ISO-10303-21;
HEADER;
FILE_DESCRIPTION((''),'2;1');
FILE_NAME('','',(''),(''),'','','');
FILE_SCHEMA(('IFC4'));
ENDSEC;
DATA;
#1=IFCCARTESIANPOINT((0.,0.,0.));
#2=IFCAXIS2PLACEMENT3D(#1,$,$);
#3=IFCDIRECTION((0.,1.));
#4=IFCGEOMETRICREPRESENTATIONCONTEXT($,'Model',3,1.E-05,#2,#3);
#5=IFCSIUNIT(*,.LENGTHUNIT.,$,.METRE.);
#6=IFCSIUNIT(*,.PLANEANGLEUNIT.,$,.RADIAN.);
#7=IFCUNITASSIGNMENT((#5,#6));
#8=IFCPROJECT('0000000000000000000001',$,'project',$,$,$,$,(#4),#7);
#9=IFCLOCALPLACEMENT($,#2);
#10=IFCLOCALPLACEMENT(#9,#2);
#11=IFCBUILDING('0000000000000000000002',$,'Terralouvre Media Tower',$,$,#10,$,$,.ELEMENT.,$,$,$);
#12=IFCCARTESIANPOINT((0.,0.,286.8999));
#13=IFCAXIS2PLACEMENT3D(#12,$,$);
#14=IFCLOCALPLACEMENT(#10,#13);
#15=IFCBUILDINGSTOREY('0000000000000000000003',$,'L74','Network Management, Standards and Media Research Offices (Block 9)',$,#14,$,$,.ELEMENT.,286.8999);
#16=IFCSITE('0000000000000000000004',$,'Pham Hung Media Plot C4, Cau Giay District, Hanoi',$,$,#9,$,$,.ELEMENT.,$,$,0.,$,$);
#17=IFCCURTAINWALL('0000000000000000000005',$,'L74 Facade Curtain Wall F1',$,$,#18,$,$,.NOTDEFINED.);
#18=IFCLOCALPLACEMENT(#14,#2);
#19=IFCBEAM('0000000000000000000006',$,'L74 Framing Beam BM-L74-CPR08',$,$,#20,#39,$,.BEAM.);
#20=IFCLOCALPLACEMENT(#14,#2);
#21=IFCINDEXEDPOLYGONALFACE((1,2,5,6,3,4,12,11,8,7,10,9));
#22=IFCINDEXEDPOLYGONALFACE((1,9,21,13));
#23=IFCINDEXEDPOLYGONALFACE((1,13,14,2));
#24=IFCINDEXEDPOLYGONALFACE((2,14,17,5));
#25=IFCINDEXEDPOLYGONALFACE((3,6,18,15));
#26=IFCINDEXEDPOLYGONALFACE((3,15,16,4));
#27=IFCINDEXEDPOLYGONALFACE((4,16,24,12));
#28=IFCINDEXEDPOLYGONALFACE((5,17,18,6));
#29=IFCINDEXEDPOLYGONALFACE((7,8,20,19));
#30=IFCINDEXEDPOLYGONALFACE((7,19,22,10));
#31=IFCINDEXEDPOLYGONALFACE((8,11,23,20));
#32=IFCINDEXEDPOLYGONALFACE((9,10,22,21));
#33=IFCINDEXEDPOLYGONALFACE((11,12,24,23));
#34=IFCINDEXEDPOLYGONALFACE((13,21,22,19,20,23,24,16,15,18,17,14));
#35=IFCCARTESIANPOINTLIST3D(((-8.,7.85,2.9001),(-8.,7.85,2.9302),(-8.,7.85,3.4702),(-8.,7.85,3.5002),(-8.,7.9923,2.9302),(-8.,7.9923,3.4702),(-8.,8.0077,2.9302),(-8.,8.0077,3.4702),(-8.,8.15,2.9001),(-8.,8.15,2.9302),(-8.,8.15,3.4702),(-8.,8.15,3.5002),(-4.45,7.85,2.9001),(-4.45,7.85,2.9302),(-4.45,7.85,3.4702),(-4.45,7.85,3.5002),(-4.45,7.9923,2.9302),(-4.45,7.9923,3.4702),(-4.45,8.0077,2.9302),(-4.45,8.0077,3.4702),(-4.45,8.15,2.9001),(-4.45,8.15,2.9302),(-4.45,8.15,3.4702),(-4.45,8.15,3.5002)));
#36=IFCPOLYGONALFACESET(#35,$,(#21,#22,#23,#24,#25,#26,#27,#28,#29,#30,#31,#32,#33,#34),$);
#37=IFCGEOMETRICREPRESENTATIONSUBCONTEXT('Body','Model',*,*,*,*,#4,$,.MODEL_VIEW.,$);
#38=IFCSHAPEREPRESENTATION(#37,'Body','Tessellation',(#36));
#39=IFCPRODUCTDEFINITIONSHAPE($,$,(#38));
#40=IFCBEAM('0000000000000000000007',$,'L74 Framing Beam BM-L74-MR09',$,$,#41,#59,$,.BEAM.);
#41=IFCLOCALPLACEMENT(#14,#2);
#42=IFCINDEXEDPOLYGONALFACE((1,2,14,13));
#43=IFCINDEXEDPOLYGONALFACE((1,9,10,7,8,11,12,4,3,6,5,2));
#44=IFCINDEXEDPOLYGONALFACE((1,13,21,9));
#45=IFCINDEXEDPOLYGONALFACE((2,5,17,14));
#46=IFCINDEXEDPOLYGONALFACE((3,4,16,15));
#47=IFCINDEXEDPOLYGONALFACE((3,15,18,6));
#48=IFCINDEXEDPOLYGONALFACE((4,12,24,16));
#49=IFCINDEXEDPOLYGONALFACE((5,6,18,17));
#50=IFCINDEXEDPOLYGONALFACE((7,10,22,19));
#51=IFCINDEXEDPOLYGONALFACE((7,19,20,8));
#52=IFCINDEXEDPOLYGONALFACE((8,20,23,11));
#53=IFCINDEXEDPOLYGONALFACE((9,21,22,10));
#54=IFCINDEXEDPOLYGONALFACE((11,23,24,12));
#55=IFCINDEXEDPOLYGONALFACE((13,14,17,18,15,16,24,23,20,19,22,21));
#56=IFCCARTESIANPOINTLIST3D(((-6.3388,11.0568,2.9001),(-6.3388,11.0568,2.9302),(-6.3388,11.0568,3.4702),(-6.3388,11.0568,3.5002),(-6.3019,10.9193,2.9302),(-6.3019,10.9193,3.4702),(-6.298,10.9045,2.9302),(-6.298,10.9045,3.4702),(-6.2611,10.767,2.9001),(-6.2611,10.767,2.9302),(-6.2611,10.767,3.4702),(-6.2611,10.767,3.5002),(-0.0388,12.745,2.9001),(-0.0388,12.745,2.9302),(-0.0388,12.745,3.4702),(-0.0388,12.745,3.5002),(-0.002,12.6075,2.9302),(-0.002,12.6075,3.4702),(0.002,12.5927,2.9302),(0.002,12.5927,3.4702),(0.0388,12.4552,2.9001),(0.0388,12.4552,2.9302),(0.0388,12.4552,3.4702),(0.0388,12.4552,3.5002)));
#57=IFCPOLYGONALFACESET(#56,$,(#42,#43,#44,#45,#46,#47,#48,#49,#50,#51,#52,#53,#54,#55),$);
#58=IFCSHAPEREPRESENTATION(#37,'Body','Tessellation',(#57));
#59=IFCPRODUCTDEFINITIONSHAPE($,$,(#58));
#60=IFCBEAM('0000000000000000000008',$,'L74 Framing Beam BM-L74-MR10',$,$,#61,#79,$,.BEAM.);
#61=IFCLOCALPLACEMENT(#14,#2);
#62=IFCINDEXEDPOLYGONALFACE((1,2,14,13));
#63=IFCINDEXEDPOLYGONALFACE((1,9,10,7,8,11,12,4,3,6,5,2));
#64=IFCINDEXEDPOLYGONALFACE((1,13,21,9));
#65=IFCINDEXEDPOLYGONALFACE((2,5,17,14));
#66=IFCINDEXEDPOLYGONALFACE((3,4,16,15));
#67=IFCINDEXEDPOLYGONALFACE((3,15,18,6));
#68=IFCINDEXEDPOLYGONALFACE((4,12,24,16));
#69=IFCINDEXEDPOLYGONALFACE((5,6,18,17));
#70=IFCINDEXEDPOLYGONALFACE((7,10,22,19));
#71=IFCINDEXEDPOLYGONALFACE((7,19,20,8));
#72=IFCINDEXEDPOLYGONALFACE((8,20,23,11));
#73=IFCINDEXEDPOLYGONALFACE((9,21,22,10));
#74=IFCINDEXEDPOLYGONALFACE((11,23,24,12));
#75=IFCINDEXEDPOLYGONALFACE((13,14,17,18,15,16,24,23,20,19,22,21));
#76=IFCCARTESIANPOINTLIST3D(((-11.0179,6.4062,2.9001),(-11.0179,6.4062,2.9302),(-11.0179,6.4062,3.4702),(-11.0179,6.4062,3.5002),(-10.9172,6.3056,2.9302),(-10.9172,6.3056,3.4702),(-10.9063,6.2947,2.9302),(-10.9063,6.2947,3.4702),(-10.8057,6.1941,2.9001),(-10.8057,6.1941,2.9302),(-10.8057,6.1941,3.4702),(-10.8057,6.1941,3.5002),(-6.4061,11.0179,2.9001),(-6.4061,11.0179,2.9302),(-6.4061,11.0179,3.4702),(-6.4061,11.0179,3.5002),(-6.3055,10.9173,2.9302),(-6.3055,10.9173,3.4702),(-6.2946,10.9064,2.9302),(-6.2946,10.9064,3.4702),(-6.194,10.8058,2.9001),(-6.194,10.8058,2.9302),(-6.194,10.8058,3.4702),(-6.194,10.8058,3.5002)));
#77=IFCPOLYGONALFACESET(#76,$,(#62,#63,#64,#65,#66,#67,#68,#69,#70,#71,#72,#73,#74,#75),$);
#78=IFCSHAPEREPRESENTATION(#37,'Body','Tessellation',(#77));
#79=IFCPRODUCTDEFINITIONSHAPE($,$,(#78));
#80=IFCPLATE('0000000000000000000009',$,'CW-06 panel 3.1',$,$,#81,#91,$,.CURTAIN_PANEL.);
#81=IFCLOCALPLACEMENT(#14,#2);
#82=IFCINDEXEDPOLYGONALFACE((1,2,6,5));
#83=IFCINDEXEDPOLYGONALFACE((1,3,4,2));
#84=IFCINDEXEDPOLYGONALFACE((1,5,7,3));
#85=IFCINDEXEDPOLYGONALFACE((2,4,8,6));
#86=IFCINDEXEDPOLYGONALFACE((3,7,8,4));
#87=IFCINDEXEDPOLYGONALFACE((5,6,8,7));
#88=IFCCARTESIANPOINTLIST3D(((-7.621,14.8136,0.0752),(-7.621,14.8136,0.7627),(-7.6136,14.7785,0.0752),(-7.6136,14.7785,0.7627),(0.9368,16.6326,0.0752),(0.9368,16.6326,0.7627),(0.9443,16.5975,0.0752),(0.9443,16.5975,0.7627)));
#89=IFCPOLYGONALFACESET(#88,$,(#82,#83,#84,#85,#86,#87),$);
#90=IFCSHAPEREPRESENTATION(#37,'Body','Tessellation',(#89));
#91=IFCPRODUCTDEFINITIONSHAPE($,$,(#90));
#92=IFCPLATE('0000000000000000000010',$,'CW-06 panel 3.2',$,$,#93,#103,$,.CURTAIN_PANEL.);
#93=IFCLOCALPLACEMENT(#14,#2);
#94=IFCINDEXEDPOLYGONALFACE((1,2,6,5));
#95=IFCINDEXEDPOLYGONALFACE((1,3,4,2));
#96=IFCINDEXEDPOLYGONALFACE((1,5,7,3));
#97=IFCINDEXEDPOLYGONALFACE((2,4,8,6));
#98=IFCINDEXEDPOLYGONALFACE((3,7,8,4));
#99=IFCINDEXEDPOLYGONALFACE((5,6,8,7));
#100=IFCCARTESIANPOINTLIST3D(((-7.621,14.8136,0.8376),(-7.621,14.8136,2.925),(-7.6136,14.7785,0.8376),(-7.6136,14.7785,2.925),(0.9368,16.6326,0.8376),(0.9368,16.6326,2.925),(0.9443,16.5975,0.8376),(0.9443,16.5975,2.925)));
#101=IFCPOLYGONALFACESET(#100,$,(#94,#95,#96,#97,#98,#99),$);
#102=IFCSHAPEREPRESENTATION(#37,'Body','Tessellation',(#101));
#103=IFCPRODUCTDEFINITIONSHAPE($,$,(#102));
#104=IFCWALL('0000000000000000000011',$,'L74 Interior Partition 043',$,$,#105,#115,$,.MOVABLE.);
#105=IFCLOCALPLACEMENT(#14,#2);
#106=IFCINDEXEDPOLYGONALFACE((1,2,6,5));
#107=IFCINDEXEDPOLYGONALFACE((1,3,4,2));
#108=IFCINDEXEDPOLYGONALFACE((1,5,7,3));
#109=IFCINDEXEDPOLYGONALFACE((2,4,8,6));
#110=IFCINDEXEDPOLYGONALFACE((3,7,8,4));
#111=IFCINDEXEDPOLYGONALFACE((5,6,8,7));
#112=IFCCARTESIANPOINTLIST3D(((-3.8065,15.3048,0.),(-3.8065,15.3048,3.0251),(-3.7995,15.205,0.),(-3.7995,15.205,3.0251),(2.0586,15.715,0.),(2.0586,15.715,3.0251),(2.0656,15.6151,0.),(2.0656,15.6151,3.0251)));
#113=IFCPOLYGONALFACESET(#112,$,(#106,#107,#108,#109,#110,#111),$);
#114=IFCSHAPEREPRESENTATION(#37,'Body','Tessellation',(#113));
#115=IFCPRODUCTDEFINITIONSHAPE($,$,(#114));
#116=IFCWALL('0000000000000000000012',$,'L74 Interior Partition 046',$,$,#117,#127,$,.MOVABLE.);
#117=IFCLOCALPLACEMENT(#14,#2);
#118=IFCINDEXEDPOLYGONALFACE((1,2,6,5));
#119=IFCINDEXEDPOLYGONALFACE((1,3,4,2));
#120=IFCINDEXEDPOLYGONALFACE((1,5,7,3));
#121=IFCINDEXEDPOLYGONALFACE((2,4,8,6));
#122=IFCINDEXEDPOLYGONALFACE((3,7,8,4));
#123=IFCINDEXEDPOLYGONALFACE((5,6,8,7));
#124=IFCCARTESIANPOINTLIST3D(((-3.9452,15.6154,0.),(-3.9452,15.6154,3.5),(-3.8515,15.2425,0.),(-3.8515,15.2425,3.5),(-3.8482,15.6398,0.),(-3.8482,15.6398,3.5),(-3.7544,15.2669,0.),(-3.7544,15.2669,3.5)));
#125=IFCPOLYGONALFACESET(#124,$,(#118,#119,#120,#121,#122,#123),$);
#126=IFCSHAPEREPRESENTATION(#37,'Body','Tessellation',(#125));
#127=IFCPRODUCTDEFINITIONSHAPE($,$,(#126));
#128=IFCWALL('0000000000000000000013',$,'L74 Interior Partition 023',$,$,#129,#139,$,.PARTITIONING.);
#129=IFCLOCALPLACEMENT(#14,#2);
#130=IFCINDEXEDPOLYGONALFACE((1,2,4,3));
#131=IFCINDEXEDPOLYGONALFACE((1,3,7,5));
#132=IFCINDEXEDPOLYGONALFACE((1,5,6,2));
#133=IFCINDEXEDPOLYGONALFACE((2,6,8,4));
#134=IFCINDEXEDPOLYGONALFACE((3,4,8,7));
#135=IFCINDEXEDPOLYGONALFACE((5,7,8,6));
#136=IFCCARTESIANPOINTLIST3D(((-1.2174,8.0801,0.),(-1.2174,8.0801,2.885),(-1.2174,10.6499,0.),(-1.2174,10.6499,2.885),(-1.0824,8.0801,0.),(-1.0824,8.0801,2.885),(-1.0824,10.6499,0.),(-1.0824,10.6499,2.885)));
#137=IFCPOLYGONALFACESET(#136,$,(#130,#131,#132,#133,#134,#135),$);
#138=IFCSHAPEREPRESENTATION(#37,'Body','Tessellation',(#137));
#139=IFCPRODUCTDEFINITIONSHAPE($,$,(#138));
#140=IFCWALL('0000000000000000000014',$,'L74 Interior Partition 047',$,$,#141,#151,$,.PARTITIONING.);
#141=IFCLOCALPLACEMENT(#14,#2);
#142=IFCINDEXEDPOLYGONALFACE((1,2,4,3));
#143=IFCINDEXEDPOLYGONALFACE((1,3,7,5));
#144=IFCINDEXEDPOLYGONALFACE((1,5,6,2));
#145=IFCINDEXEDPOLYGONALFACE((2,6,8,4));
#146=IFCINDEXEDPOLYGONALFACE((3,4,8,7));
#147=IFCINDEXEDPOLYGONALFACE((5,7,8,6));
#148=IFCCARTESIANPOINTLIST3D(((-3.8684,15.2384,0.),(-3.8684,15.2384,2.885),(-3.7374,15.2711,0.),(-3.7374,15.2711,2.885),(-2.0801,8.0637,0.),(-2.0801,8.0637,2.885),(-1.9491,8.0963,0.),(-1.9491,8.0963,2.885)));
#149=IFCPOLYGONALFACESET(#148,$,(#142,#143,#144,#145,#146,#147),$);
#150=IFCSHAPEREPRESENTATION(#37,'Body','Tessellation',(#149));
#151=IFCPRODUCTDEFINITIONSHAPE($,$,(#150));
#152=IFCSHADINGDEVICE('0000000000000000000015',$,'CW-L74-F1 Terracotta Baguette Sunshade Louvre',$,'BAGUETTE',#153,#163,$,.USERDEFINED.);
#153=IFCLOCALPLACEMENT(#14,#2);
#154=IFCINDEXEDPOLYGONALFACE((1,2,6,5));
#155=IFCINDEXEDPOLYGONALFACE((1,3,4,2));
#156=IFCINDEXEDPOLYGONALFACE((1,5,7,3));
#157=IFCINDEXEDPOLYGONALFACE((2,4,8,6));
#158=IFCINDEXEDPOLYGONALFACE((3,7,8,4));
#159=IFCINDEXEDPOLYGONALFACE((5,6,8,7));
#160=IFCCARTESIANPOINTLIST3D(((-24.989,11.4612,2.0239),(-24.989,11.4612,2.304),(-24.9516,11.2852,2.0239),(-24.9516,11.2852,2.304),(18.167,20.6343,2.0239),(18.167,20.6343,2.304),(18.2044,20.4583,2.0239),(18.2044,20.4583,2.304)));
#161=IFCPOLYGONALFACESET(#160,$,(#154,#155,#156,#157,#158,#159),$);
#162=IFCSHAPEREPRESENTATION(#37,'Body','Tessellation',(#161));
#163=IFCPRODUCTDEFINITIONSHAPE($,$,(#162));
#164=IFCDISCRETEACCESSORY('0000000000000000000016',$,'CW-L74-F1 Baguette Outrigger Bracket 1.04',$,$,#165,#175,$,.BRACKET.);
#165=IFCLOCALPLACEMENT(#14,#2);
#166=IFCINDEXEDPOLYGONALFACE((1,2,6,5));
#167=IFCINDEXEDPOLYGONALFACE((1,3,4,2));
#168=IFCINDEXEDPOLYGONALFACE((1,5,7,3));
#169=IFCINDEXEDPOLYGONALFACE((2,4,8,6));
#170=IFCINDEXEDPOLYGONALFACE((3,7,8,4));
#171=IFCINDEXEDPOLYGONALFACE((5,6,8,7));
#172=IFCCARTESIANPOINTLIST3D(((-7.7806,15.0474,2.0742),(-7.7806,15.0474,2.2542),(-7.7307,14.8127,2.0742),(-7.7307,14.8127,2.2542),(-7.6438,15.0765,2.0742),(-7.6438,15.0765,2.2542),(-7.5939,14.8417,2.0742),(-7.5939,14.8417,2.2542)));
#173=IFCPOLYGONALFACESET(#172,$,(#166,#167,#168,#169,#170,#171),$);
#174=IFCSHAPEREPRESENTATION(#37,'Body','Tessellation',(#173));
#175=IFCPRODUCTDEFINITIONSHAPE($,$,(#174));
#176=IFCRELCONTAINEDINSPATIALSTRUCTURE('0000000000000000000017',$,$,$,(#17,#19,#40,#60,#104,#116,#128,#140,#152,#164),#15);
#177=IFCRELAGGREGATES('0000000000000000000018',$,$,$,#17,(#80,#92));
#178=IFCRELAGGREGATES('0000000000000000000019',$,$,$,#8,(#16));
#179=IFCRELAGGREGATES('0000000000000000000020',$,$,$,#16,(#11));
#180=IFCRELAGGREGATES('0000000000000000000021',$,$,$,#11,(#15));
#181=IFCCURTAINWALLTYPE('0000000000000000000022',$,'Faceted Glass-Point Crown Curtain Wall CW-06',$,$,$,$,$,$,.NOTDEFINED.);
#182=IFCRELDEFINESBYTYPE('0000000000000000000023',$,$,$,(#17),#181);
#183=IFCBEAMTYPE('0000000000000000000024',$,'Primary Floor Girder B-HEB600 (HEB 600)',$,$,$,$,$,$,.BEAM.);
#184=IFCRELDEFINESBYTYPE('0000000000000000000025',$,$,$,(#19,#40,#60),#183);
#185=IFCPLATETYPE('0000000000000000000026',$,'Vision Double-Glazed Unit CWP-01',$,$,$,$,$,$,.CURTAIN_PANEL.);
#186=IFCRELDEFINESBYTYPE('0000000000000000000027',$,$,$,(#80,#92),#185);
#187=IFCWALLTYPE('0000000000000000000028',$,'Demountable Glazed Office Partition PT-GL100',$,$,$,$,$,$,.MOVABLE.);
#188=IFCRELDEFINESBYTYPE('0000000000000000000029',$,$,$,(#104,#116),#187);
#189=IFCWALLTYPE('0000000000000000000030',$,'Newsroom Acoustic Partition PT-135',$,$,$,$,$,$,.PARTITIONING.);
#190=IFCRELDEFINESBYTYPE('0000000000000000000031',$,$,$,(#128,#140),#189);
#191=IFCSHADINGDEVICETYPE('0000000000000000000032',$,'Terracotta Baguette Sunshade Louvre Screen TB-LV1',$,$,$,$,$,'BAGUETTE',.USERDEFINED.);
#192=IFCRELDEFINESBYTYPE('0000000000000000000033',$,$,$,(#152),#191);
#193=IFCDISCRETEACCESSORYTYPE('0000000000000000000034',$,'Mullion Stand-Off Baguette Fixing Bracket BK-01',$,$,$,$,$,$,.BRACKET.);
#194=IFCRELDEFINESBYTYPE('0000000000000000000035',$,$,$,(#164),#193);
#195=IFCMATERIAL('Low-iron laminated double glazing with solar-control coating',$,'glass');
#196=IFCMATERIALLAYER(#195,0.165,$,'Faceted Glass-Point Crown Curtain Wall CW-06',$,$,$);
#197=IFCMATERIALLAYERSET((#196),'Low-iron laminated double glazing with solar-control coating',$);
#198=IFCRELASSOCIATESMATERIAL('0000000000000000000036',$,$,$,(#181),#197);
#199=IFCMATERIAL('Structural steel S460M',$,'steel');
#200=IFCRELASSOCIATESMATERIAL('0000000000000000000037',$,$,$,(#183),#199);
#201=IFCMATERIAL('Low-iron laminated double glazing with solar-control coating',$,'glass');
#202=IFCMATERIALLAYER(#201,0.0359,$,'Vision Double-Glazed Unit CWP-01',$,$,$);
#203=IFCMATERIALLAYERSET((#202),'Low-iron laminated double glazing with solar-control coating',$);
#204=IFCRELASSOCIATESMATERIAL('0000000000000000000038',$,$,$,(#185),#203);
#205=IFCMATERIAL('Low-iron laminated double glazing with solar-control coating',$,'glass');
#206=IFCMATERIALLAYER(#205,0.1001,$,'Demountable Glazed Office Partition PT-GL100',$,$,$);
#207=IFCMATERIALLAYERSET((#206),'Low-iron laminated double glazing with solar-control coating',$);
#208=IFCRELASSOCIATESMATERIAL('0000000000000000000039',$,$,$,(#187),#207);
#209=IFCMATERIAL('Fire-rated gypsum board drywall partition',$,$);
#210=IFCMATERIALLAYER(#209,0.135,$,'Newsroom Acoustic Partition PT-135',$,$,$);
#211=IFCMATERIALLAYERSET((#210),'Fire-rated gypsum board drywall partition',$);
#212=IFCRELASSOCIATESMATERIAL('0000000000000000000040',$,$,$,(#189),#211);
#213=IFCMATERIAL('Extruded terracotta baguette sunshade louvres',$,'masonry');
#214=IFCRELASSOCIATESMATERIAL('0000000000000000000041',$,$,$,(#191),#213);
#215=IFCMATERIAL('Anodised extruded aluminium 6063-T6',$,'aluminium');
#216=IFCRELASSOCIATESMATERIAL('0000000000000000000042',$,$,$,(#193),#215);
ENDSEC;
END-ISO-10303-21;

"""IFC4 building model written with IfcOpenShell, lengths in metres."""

from ifc_helpers import new_model, si_unit, direction, frame, frame_2d, origin, origin_2d, place, context, subcontext, project, spatial, rectangle, i_section, extrude, material, layer, layer_set, material_profile, profile_set, type_object, element, aggregate, save


model = new_model("IFC4")

# Units and contexts
model_context = context("Model", 3, precision=1e-05, world=origin(), true_north=direction((0.0, 1.0)))
body_context = subcontext(model_context, "Body", "Model", "MODEL_VIEW")
ifc_project = project(units=[si_unit("LENGTHUNIT", "METRE"), si_unit("PLANEANGLEUNIT", "RADIAN")], contexts=[model_context])

# Site, building, storey
site_placement = place(None, origin())
site = spatial("IfcSite", under=ifc_project, at=site_placement, Name="Pham Hung Media Plot C4, Cau Giay District, Hanoi", CompositionType="ELEMENT", RefElevation=0.0)
building_placement = place(site_placement, origin())
building = spatial("IfcBuilding", under=site, at=building_placement, Name="Terralouvre Media Tower", CompositionType="ELEMENT")
storey_placement = place(building_placement, frame((0.0, 0.0, 286.8999)))
storey = spatial("IfcBuildingStorey", under=building, at=storey_placement, Name="L74", Description="Network Management, Standards and Media Research Offices (Block 9)", CompositionType="ELEMENT", Elevation=286.8999)

# Curtain wall
ifc_material_1 = material(Name="Low-iron laminated double glazing with solar-control coating", Category="glass")
ifc_layer_1 = layer(ifc_material_1, 0.165, Name="Faceted Glass-Point Crown Curtain Wall CW-06")
ifc_layer_set_1 = layer_set([ifc_layer_1], Name="Low-iron laminated double glazing with solar-control coating")
curtain_wall_type = type_object("IfcCurtainWallType", Name="Faceted Glass-Point Crown Curtain Wall CW-06", PredefinedType="NOTDEFINED", material=ifc_layer_set_1)
curtain_wall_placement = place(storey_placement, origin())
curtain_wall = element("IfcCurtainWall", 1, at=curtain_wall_placement, inside=storey, type_object=curtain_wall_type, Name="L74 Facade Curtain Wall F1", PredefinedType="NOTDEFINED")

# Beams
ifc_material_2 = material(Name="Structural steel S460M", Category="steel")
ifc_material_profile_1 = material_profile(ifc_material_2, i_section(OverallWidth=0.3, OverallDepth=0.6001, WebThickness=0.0154, FlangeThickness=0.03, at=origin_2d()), Name="HEB 600")
ifc_profile_set_1 = profile_set([ifc_material_profile_1], Name="Structural steel S460M")
beam_type_1 = type_object("IfcBeamType", Name="Primary Floor Girder B-HEB600 (HEB 600)", PredefinedType="BEAM", material=ifc_profile_set_1)
beam_1_placement = place(storey_placement, frame((-4.45, 8.0, 3.2002), z_axis=(-1.0, 0.0, 0.0), x_axis=(0.0, -1.0, 0.0)))
element("IfcBeam", 2, at=beam_1_placement, inside=storey, type_object=beam_type_1, Name="L74 Framing Beam BM-L74-CPR08", PredefinedType="BEAM", context=body_context, shape_type="SweptSolid", body=[
    extrude(i_section(OverallWidth=0.3, OverallDepth=0.6001, WebThickness=0.0154, FlangeThickness=0.03, at=origin_2d()), origin(), (0.0, 0.0, 1.0), 3.55),
])
beam_2_placement = place(storey_placement, frame((0.0, 12.6001, 3.2002), z_axis=(-0.96592, -0.258839, 0.0), x_axis=(0.258839, -0.96592, 0.0)))
element("IfcBeam", 3, at=beam_2_placement, inside=storey, type_object=beam_type_1, Name="L74 Framing Beam BM-L74-MR09", PredefinedType="BEAM", context=body_context, shape_type="SweptSolid", body=[
    extrude(i_section(OverallWidth=0.3, OverallDepth=0.6001, WebThickness=0.0154, FlangeThickness=0.03, at=origin_2d()), origin(), (0.0, 0.0, 1.0), 6.5222),
])
beam_3_placement = place(storey_placement, frame((-6.3, 10.9119, 3.2002), z_axis=(-0.707107, -0.707107, 0.0), x_axis=(0.707107, -0.707107, 0.0)))
element("IfcBeam", 4, at=beam_3_placement, inside=storey, type_object=beam_type_1, Name="L74 Framing Beam BM-L74-MR10", PredefinedType="BEAM", context=body_context, shape_type="SweptSolid", body=[
    extrude(i_section(OverallWidth=0.3, OverallDepth=0.6001, WebThickness=0.0154, FlangeThickness=0.03, at=origin_2d()), origin(), (0.0, 0.0, 1.0), 6.522),
])

# Plates
ifc_material_3 = material(Name="Low-iron laminated double glazing with solar-control coating", Category="glass")
ifc_layer_2 = layer(ifc_material_3, 0.0359, Name="Vision Double-Glazed Unit CWP-01")
ifc_layer_set_2 = layer_set([ifc_layer_2], Name="Low-iron laminated double glazing with solar-control coating")
plate_type = type_object("IfcPlateType", Name="Vision Double-Glazed Unit CWP-01", PredefinedType="CURTAIN_PANEL", material=ifc_layer_set_2)
plate_1_placement = place(storey_placement, frame((-3.3384, 15.7056, 0.0752), z_axis=(0.0, 0.0, 1.0), x_axis=(-0.978148, -0.207912, 0.0)))
plate_1 = element("IfcPlate", 5, at=plate_1_placement, type_object=plate_type, Name="CW-06 panel 3.1", PredefinedType="CURTAIN_PANEL", context=body_context, shape_type="SweptSolid", body=[
    extrude(rectangle(XDim=8.749, YDim=0.0359, at=origin_2d()), origin(), (0.0, 0.0, 1.0), 0.6875),
])
plate_2_placement = place(storey_placement, frame((-3.3384, 15.7056, 0.8376), z_axis=(0.0, 0.0, 1.0), x_axis=(-0.978148, -0.207912, 0.0)))
plate_2 = element("IfcPlate", 6, at=plate_2_placement, type_object=plate_type, Name="CW-06 panel 3.2", PredefinedType="CURTAIN_PANEL", context=body_context, shape_type="SweptSolid", body=[
    extrude(rectangle(XDim=8.749, YDim=0.0359, at=origin_2d()), origin(), (0.0, 0.0, 1.0), 2.0874),
])
aggregate(curtain_wall, [plate_1, plate_2])

# Walls
ifc_material_4 = material(Name="Low-iron laminated double glazing with solar-control coating", Category="glass")
ifc_layer_3 = layer(ifc_material_4, 0.1001, Name="Demountable Glazed Office Partition PT-GL100")
ifc_layer_set_3 = layer_set([ifc_layer_3], Name="Low-iron laminated double glazing with solar-control coating")
wall_type_1 = type_object("IfcWallType", Name="Demountable Glazed Office Partition PT-GL100", PredefinedType="MOVABLE", material=ifc_layer_set_3)
wall_1_placement = place(storey_placement, frame((-3.803, 15.2549, 0.0), z_axis=(0.0, 0.0, 1.0), x_axis=(0.997564, 0.069763, 0.0)))
element("IfcWall", 7, at=wall_1_placement, inside=storey, type_object=wall_type_1, Name="L74 Interior Partition 043", PredefinedType="MOVABLE", context=body_context, shape_type="SweptSolid", body=[
    extrude(rectangle(XDim=5.8794, YDim=0.1001, at=frame_2d((2.9397, 0.0))), origin(), (0.0, 0.0, 1.0), 3.0251),
])
wall_2_placement = place(storey_placement, frame((-3.8967, 15.6277, 0.0), z_axis=(0.0, 0.0, 1.0), x_axis=(0.24388, -0.969805, 0.0)))
element("IfcWall", 8, at=wall_2_placement, inside=storey, type_object=wall_type_1, Name="L74 Interior Partition 046", PredefinedType="MOVABLE", context=body_context, shape_type="SweptSolid", body=[
    extrude(rectangle(XDim=0.3845, YDim=0.1001, at=frame_2d((0.1924, 0.0))), origin(), (0.0, 0.0, 1.0), 3.5),
])
ifc_material_5 = material(Name="Fire-rated gypsum board drywall partition")
ifc_layer_4 = layer(ifc_material_5, 0.135, Name="Newsroom Acoustic Partition PT-135")
ifc_layer_set_4 = layer_set([ifc_layer_4], Name="Fire-rated gypsum board drywall partition")
wall_type_2 = type_object("IfcWallType", Name="Newsroom Acoustic Partition PT-135", PredefinedType="PARTITIONING", material=ifc_layer_set_4)
wall_3_placement = place(storey_placement, frame((-1.1499, 10.6499, 0.0), z_axis=(0.0, 0.0, 1.0), x_axis=(0.0, -1.0, 0.0)))
element("IfcWall", 9, at=wall_3_placement, inside=storey, type_object=wall_type_2, Name="L74 Interior Partition 023", PredefinedType="PARTITIONING", context=body_context, shape_type="SweptSolid", body=[
    extrude(rectangle(XDim=2.5698, YDim=0.135, at=frame_2d((1.2849, 0.0))), origin(), (0.0, 0.0, 1.0), 2.885),
])
wall_4_placement = place(storey_placement, frame((-3.803, 15.2549, 0.0), z_axis=(0.0, 0.0, 1.0), x_axis=(0.241852, -0.970313, 0.0)))
element("IfcWall", 10, at=wall_4_placement, inside=storey, type_object=wall_type_2, Name="L74 Interior Partition 047", PredefinedType="PARTITIONING", context=body_context, shape_type="SweptSolid", body=[
    extrude(rectangle(XDim=7.3943, YDim=0.135, at=frame_2d((3.6973, 0.0))), origin(), (0.0, 0.0, 1.0), 2.885),
])

# Shading device
ifc_material_6 = material(Name="Extruded terracotta baguette sunshade louvres", Category="masonry")
shading_device_type = type_object("IfcShadingDeviceType", Name="Terracotta Baguette Sunshade Louvre Screen TB-LV1", ElementType="BAGUETTE", PredefinedType="USERDEFINED", material=ifc_material_6)
shading_device_placement = place(storey_placement, frame((-3.3923, 15.9597, 2.0239), z_axis=(0.0, 0.0, 1.0), x_axis=(-0.978148, -0.207912, 0.0)))
element("IfcShadingDevice", 11, at=shading_device_placement, inside=storey, type_object=shading_device_type, Name="CW-L74-F1 Terracotta Baguette Sunshade Louvre", ObjectType="BAGUETTE", PredefinedType="USERDEFINED", context=body_context, shape_type="SweptSolid", body=[
    extrude(rectangle(XDim=44.1201, YDim=0.1799, at=origin_2d()), origin(), (0.0, 0.0, 1.0), 0.28),
])

# Discrete accessory
ifc_material_7 = material(Name="Anodised extruded aluminium 6063-T6", Category="aluminium")
discrete_accessory_type = type_object("IfcDiscreteAccessoryType", Name="Mullion Stand-Off Baguette Fixing Bracket BK-01", PredefinedType="BRACKET", material=ifc_material_7)
discrete_accessory_placement = place(storey_placement, frame((-7.6873, 14.9446, 2.0742), z_axis=(0.0, 0.0, 1.0), x_axis=(-0.978148, -0.207912, 0.0)))
element("IfcDiscreteAccessory", 12, at=discrete_accessory_placement, inside=storey, type_object=discrete_accessory_type, Name="CW-L74-F1 Baguette Outrigger Bracket 1.04", PredefinedType="BRACKET", context=body_context, shape_type="SweptSolid", body=[
    extrude(rectangle(XDim=0.1399, YDim=0.24, at=origin_2d()), origin(), (0.0, 0.0, 1.0), 0.1799),
])

save(model, "model.ifc")
